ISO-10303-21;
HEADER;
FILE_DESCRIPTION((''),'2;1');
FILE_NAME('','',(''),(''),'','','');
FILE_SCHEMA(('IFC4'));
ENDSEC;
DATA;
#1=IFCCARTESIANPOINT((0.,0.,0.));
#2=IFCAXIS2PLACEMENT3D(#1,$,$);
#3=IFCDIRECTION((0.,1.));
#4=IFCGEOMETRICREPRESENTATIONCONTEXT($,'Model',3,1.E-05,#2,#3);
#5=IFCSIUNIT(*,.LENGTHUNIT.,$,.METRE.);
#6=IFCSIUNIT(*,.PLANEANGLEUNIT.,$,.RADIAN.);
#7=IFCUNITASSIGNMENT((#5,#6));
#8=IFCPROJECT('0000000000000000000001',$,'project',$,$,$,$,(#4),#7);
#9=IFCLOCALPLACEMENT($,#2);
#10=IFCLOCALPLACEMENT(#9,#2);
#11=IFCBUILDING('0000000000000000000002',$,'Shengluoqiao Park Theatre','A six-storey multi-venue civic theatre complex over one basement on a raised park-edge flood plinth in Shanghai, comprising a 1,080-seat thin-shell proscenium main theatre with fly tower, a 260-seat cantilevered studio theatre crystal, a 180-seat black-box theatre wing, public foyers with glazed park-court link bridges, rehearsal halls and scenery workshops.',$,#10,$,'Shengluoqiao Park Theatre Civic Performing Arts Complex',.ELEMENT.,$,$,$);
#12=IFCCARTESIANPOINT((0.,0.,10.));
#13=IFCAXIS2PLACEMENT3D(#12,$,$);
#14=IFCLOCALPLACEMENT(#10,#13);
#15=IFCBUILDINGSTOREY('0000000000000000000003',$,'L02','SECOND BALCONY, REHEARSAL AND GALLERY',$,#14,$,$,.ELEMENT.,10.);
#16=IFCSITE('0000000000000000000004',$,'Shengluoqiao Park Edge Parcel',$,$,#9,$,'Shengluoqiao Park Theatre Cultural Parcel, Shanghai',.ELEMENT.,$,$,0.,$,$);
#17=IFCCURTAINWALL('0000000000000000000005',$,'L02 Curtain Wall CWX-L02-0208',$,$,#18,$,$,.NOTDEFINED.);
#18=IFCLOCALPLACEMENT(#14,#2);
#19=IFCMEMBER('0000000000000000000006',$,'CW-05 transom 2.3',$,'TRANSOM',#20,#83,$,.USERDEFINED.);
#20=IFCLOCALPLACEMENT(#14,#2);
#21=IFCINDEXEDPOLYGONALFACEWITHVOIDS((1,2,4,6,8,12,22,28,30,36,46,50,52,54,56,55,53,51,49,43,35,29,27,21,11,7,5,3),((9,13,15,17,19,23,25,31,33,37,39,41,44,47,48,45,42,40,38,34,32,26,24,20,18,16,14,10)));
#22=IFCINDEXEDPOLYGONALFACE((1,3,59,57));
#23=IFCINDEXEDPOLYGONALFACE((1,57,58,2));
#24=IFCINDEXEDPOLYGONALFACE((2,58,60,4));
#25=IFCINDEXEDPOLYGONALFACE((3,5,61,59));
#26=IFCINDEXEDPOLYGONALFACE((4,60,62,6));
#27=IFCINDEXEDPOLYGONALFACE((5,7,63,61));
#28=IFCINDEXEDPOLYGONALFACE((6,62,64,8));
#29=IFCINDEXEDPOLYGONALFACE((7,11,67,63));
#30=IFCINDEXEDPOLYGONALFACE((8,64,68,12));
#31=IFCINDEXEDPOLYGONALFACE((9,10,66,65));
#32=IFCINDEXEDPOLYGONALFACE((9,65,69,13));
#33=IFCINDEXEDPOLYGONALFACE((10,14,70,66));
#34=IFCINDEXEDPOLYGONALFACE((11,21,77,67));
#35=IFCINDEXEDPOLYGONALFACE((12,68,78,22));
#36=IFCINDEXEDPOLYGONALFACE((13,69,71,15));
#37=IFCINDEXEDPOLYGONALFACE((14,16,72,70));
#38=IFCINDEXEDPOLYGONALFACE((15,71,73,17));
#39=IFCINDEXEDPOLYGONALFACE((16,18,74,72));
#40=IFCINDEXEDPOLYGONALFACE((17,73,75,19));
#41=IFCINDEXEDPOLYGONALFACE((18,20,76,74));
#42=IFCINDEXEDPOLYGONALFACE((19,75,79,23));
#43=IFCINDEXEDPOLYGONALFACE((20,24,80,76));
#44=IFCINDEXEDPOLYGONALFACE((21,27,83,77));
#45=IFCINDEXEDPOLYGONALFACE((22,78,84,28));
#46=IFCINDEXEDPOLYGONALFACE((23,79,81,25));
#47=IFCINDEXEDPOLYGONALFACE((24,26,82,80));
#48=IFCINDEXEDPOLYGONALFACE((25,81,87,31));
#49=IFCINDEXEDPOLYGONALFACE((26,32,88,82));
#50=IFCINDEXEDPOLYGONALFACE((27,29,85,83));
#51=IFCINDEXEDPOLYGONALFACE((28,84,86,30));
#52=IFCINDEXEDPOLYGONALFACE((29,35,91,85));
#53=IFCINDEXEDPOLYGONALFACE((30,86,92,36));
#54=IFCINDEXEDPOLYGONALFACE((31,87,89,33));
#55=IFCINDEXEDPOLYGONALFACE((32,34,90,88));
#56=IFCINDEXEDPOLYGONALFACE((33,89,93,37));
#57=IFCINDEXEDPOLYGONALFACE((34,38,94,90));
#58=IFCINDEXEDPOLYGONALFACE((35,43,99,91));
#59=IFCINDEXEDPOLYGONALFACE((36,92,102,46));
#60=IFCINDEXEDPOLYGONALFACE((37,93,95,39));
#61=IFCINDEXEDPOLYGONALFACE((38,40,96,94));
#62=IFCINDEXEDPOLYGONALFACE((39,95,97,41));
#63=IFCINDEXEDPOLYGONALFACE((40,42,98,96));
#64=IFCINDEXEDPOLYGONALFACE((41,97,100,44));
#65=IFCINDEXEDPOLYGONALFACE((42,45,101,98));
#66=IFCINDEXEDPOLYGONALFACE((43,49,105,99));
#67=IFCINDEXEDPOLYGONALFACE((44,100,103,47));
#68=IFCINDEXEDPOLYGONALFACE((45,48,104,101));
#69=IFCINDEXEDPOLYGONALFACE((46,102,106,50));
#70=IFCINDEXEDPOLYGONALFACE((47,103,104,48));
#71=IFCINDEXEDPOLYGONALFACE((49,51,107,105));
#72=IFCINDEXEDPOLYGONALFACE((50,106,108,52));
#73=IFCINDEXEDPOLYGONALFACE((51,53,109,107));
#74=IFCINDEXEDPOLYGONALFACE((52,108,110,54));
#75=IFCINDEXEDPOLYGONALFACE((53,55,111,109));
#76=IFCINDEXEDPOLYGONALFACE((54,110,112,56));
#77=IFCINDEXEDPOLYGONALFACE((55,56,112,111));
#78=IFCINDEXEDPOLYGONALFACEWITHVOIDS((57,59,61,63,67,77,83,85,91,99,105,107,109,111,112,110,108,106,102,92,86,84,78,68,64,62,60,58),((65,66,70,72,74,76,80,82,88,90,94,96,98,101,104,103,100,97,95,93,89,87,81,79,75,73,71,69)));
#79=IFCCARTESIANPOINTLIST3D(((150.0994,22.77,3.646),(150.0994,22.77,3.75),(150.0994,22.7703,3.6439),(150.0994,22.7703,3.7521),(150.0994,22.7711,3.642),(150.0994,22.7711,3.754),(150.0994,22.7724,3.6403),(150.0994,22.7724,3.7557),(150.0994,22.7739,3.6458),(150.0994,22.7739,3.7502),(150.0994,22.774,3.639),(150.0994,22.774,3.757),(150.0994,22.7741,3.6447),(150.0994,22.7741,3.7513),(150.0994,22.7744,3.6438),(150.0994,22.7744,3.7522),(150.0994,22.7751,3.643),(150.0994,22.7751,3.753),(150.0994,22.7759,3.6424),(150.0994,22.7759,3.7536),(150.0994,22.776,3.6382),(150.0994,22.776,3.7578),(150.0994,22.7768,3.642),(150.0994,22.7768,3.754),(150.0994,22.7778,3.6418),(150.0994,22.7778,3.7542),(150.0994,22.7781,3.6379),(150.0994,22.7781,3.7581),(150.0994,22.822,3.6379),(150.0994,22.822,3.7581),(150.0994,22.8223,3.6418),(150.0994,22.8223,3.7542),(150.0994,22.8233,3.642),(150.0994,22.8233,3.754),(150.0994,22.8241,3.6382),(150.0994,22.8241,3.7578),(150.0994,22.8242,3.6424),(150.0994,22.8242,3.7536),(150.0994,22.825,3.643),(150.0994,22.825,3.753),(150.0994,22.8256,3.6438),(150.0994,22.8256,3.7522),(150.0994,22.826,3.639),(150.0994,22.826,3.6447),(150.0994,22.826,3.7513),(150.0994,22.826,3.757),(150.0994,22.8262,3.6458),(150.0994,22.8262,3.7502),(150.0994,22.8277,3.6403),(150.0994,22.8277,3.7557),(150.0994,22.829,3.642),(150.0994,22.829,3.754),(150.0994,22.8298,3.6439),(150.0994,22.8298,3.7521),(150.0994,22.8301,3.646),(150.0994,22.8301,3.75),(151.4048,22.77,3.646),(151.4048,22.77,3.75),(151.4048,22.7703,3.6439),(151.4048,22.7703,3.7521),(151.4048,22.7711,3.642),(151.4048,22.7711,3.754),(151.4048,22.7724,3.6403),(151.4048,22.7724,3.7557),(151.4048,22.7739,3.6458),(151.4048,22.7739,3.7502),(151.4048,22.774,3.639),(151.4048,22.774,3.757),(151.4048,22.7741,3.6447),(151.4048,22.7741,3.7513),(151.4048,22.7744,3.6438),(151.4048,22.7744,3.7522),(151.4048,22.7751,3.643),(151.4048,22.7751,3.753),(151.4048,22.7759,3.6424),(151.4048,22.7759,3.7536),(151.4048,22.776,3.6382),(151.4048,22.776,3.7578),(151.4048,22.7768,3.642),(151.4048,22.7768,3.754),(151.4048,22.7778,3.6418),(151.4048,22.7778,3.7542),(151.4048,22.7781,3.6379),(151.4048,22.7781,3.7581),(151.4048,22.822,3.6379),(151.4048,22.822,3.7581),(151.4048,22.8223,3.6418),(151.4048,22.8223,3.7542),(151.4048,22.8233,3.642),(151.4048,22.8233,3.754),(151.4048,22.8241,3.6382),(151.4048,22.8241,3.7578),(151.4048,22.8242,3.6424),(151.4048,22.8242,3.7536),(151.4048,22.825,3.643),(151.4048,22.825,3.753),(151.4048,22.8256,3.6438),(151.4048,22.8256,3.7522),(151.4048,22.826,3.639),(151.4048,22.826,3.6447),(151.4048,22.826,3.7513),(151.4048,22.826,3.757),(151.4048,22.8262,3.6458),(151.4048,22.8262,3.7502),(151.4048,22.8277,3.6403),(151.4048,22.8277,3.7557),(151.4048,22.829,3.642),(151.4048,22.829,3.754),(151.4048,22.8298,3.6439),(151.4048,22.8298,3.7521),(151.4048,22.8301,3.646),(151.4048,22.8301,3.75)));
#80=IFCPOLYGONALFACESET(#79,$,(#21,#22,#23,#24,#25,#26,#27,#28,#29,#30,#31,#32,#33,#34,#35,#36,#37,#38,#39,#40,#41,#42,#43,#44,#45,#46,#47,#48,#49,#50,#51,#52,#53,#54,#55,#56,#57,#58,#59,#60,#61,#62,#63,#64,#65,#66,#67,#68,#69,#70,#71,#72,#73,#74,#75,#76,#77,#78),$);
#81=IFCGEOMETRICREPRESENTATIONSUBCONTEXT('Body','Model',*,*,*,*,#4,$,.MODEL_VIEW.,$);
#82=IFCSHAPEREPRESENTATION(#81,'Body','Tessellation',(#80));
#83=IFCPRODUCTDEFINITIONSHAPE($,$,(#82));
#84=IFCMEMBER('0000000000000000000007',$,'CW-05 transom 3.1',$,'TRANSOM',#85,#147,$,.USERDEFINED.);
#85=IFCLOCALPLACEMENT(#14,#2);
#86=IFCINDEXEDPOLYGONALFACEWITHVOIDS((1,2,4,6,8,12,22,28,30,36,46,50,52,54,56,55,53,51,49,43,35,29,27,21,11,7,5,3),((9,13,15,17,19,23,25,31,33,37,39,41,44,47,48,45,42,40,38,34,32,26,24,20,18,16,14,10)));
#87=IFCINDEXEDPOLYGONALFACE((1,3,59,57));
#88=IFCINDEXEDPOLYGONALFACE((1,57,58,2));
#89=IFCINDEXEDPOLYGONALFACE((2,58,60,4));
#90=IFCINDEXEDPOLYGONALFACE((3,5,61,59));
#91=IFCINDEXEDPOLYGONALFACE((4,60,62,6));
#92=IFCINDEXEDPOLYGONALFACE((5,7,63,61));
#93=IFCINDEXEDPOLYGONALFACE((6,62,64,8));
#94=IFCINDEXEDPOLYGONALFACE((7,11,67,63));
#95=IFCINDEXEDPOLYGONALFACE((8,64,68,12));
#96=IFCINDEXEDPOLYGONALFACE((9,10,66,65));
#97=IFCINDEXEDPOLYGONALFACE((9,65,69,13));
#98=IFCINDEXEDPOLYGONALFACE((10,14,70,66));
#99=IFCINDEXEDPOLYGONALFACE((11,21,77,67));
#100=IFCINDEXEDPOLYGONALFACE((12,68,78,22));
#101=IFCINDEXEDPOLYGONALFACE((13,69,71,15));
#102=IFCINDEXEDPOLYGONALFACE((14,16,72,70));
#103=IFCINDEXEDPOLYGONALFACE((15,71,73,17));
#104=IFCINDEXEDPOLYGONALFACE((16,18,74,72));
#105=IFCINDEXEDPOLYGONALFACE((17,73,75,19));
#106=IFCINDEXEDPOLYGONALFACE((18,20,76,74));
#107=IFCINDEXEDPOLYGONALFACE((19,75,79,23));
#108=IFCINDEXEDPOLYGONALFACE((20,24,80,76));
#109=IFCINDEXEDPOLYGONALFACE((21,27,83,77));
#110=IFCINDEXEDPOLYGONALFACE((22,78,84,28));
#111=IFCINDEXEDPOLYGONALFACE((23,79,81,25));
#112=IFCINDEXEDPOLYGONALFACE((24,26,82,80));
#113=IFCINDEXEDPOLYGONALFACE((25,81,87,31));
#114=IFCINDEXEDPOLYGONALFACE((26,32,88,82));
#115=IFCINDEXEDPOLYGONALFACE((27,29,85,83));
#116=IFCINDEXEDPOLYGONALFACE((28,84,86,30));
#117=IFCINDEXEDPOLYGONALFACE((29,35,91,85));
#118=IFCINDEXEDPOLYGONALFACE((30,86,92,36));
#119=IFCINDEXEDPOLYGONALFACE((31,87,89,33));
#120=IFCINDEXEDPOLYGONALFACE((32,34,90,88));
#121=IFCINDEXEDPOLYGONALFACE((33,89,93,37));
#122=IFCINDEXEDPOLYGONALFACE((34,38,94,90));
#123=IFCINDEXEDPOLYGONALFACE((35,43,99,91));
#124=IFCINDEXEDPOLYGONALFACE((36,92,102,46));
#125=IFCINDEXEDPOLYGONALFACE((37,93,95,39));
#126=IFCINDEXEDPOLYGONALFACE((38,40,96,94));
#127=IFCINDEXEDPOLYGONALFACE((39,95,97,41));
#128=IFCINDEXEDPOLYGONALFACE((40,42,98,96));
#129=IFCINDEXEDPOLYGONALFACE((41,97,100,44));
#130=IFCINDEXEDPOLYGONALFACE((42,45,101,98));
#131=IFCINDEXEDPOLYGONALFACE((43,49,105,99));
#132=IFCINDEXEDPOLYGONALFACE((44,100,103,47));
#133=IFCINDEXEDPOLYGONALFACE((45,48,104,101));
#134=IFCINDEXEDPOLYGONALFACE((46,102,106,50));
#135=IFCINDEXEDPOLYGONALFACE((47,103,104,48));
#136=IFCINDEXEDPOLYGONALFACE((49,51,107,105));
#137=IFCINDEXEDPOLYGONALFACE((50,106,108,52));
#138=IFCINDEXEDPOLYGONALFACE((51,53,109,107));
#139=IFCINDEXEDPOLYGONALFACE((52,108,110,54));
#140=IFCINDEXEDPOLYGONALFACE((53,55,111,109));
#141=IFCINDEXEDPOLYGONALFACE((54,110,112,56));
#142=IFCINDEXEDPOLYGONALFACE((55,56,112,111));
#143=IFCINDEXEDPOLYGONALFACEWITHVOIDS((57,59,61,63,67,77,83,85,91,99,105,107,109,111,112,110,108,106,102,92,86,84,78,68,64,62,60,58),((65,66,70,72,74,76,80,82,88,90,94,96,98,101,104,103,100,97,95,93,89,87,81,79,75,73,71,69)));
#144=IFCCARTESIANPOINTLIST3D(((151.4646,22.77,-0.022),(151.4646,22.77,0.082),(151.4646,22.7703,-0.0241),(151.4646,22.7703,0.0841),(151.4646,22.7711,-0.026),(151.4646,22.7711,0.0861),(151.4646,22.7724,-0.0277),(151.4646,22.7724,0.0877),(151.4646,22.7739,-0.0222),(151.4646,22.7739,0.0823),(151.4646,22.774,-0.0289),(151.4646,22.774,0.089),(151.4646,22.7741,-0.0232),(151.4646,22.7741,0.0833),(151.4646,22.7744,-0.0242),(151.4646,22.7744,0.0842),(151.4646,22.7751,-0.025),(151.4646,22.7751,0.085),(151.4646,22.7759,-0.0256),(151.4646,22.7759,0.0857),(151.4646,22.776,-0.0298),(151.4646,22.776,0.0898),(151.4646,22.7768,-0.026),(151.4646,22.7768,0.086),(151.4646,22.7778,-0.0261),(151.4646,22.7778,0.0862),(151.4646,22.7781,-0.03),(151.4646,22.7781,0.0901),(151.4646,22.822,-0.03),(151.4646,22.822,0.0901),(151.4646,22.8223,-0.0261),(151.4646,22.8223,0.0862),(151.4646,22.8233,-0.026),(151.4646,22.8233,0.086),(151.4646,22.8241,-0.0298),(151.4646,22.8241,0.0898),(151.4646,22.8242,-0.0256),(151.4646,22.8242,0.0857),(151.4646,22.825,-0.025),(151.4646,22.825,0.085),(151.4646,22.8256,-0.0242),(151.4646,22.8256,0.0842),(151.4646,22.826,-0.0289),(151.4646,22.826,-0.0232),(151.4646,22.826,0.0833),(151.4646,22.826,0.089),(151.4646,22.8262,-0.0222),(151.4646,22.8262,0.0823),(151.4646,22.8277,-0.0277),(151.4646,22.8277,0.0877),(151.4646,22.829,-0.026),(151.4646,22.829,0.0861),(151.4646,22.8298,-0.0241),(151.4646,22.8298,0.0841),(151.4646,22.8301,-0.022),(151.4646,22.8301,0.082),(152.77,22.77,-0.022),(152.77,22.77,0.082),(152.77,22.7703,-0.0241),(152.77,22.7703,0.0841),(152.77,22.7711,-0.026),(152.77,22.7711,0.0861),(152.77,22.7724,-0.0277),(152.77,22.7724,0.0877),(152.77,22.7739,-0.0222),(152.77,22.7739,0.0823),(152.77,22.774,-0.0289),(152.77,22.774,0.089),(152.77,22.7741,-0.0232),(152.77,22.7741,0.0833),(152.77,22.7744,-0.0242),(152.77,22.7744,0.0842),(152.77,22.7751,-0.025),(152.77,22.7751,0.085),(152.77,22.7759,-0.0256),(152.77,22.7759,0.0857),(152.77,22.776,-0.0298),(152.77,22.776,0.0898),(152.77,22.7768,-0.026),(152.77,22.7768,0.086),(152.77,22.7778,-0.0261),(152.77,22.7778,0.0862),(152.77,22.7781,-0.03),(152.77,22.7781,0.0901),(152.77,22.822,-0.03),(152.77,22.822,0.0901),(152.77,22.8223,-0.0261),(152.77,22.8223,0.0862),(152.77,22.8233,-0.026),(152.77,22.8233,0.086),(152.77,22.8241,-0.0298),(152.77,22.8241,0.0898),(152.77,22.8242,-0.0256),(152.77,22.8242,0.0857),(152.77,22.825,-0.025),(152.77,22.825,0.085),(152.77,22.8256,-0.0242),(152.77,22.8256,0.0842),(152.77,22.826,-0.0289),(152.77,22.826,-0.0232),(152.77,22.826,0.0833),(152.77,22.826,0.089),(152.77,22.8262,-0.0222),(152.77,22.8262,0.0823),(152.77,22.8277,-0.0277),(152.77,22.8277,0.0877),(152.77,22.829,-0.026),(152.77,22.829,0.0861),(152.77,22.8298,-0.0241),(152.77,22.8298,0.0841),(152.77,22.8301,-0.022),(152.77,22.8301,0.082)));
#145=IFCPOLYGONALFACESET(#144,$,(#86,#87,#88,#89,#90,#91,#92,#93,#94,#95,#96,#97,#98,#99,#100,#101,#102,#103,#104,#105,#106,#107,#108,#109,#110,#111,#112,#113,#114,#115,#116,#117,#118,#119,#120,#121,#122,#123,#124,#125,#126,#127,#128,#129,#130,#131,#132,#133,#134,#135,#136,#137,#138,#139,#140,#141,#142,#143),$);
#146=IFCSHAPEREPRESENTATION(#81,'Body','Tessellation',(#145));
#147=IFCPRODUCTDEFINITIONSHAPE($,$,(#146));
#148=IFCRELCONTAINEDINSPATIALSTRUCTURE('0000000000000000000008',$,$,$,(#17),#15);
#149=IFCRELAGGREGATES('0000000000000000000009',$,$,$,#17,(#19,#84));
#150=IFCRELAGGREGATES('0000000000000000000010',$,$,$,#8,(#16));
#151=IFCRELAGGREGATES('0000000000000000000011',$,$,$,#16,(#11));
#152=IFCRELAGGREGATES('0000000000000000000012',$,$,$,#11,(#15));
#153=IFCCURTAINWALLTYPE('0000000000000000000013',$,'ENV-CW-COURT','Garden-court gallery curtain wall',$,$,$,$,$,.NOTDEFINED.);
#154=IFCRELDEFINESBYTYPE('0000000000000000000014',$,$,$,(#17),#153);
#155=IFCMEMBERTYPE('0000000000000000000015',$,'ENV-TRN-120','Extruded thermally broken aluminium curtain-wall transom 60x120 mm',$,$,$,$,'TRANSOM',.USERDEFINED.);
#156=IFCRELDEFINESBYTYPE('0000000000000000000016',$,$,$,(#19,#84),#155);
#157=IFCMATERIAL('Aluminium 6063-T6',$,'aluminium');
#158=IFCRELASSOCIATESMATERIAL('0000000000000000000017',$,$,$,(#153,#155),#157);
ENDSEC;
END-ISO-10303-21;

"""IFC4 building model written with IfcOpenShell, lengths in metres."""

from ifc_helpers import new_model, si_unit, direction, frame, origin, origin_2d, place, context, subcontext, project, spatial, hollow_rectangle, extrude, material, material_profile, profile_set, type_object, element, aggregate, save


model = new_model("IFC4")

# Units and contexts
model_context = context("Model", 3, precision=1e-05, world=origin(), true_north=direction((0.0, 1.0)))
body_context = subcontext(model_context, "Body", "Model", "MODEL_VIEW")
ifc_project = project(units=[si_unit("LENGTHUNIT", "METRE"), si_unit("PLANEANGLEUNIT", "RADIAN")], contexts=[model_context])

# Site, building, storey
site_placement = place(None, origin())
site = spatial("IfcSite", under=ifc_project, at=site_placement, Name="Shengluoqiao Park Edge Parcel", LongName="Shengluoqiao Park Theatre Cultural Parcel, Shanghai", CompositionType="ELEMENT", RefElevation=0.0)
building_placement = place(site_placement, origin())
building = spatial("IfcBuilding", under=site, at=building_placement, Name="Shengluoqiao Park Theatre", Description="A six-storey multi-venue civic theatre complex over one basement on a raised park-edge flood plinth in Shanghai, comprising a 1,080-seat thin-shell proscenium main theatre with fly tower, a 260-seat cantilevered studio theatre crystal, a 180-seat black-box theatre wing, public foyers with glazed park-court link bridges, rehearsal halls and scenery workshops.", LongName="Shengluoqiao Park Theatre Civic Performing Arts Complex", CompositionType="ELEMENT")
storey_placement = place(building_placement, frame((0.0, 0.0, 10.0)))
storey = spatial("IfcBuildingStorey", under=building, at=storey_placement, Name="L02", Description="SECOND BALCONY, REHEARSAL AND GALLERY", CompositionType="ELEMENT", Elevation=10.0)

# Curtain wall, members
ifc_material_1 = material(Name="Aluminium 6063-T6", Category="aluminium")
curtain_wall_type = type_object("IfcCurtainWallType", Name="ENV-CW-COURT", Description="Garden-court gallery curtain wall", PredefinedType="NOTDEFINED", material=ifc_material_1)
curtain_wall_placement = place(storey_placement, origin())
curtain_wall = element("IfcCurtainWall", 1, at=curtain_wall_placement, inside=storey, type_object=curtain_wall_type, Name="L02 Curtain Wall CWX-L02-0208", PredefinedType="NOTDEFINED")
ifc_material_profile_1 = material_profile(ifc_material_1, hollow_rectangle(XDim=0.0601, YDim=0.1201, WallThickness=0.0039, InnerFilletRadius=0.0039, OuterFilletRadius=0.0081, at=origin_2d()), Name="ALU TRANSOM 120x60x4")
ifc_profile_set_1 = profile_set([ifc_material_profile_1], Name="Aluminium 6063-T6")
member_type_1 = type_object("IfcMemberType", Name="ENV-TRN-120", Description="Extruded thermally broken aluminium curtain-wall transom 60x120 mm", ElementType="TRANSOM", PredefinedType="USERDEFINED", material=ifc_profile_set_1)
member_1_placement = place(storey_placement, frame((150.0994, 22.8, 3.698), z_axis=(1.0, 0.0, 0.0), x_axis=(0.0, 1.0, 0.0)))
member_1 = element("IfcMember", 2, at=member_1_placement, type_object=member_type_1, Name="CW-05 transom 2.3", ObjectType="TRANSOM", PredefinedType="USERDEFINED", context=body_context, shape_type="SweptSolid", body=[
    extrude(hollow_rectangle(XDim=0.0601, YDim=0.1201, WallThickness=0.0039, InnerFilletRadius=0.0039, OuterFilletRadius=0.0081, at=origin_2d()), origin(), (0.0, 0.0, 1.0), 1.3054),
])
member_2_placement = place(storey_placement, frame((151.4646, 22.8, 0.03), z_axis=(1.0, 0.0, 0.0), x_axis=(0.0, 1.0, 0.0)))
member_2 = element("IfcMember", 3, at=member_2_placement, type_object=member_type_1, Name="CW-05 transom 3.1", ObjectType="TRANSOM", PredefinedType="USERDEFINED", context=body_context, shape_type="SweptSolid", body=[
    extrude(hollow_rectangle(XDim=0.0601, YDim=0.1201, WallThickness=0.0039, InnerFilletRadius=0.0039, OuterFilletRadius=0.0081, at=origin_2d()), origin(), (0.0, 0.0, 1.0), 1.3054),
])

aggregate(curtain_wall, [member_1, member_2])

save(model, "model.ifc")
